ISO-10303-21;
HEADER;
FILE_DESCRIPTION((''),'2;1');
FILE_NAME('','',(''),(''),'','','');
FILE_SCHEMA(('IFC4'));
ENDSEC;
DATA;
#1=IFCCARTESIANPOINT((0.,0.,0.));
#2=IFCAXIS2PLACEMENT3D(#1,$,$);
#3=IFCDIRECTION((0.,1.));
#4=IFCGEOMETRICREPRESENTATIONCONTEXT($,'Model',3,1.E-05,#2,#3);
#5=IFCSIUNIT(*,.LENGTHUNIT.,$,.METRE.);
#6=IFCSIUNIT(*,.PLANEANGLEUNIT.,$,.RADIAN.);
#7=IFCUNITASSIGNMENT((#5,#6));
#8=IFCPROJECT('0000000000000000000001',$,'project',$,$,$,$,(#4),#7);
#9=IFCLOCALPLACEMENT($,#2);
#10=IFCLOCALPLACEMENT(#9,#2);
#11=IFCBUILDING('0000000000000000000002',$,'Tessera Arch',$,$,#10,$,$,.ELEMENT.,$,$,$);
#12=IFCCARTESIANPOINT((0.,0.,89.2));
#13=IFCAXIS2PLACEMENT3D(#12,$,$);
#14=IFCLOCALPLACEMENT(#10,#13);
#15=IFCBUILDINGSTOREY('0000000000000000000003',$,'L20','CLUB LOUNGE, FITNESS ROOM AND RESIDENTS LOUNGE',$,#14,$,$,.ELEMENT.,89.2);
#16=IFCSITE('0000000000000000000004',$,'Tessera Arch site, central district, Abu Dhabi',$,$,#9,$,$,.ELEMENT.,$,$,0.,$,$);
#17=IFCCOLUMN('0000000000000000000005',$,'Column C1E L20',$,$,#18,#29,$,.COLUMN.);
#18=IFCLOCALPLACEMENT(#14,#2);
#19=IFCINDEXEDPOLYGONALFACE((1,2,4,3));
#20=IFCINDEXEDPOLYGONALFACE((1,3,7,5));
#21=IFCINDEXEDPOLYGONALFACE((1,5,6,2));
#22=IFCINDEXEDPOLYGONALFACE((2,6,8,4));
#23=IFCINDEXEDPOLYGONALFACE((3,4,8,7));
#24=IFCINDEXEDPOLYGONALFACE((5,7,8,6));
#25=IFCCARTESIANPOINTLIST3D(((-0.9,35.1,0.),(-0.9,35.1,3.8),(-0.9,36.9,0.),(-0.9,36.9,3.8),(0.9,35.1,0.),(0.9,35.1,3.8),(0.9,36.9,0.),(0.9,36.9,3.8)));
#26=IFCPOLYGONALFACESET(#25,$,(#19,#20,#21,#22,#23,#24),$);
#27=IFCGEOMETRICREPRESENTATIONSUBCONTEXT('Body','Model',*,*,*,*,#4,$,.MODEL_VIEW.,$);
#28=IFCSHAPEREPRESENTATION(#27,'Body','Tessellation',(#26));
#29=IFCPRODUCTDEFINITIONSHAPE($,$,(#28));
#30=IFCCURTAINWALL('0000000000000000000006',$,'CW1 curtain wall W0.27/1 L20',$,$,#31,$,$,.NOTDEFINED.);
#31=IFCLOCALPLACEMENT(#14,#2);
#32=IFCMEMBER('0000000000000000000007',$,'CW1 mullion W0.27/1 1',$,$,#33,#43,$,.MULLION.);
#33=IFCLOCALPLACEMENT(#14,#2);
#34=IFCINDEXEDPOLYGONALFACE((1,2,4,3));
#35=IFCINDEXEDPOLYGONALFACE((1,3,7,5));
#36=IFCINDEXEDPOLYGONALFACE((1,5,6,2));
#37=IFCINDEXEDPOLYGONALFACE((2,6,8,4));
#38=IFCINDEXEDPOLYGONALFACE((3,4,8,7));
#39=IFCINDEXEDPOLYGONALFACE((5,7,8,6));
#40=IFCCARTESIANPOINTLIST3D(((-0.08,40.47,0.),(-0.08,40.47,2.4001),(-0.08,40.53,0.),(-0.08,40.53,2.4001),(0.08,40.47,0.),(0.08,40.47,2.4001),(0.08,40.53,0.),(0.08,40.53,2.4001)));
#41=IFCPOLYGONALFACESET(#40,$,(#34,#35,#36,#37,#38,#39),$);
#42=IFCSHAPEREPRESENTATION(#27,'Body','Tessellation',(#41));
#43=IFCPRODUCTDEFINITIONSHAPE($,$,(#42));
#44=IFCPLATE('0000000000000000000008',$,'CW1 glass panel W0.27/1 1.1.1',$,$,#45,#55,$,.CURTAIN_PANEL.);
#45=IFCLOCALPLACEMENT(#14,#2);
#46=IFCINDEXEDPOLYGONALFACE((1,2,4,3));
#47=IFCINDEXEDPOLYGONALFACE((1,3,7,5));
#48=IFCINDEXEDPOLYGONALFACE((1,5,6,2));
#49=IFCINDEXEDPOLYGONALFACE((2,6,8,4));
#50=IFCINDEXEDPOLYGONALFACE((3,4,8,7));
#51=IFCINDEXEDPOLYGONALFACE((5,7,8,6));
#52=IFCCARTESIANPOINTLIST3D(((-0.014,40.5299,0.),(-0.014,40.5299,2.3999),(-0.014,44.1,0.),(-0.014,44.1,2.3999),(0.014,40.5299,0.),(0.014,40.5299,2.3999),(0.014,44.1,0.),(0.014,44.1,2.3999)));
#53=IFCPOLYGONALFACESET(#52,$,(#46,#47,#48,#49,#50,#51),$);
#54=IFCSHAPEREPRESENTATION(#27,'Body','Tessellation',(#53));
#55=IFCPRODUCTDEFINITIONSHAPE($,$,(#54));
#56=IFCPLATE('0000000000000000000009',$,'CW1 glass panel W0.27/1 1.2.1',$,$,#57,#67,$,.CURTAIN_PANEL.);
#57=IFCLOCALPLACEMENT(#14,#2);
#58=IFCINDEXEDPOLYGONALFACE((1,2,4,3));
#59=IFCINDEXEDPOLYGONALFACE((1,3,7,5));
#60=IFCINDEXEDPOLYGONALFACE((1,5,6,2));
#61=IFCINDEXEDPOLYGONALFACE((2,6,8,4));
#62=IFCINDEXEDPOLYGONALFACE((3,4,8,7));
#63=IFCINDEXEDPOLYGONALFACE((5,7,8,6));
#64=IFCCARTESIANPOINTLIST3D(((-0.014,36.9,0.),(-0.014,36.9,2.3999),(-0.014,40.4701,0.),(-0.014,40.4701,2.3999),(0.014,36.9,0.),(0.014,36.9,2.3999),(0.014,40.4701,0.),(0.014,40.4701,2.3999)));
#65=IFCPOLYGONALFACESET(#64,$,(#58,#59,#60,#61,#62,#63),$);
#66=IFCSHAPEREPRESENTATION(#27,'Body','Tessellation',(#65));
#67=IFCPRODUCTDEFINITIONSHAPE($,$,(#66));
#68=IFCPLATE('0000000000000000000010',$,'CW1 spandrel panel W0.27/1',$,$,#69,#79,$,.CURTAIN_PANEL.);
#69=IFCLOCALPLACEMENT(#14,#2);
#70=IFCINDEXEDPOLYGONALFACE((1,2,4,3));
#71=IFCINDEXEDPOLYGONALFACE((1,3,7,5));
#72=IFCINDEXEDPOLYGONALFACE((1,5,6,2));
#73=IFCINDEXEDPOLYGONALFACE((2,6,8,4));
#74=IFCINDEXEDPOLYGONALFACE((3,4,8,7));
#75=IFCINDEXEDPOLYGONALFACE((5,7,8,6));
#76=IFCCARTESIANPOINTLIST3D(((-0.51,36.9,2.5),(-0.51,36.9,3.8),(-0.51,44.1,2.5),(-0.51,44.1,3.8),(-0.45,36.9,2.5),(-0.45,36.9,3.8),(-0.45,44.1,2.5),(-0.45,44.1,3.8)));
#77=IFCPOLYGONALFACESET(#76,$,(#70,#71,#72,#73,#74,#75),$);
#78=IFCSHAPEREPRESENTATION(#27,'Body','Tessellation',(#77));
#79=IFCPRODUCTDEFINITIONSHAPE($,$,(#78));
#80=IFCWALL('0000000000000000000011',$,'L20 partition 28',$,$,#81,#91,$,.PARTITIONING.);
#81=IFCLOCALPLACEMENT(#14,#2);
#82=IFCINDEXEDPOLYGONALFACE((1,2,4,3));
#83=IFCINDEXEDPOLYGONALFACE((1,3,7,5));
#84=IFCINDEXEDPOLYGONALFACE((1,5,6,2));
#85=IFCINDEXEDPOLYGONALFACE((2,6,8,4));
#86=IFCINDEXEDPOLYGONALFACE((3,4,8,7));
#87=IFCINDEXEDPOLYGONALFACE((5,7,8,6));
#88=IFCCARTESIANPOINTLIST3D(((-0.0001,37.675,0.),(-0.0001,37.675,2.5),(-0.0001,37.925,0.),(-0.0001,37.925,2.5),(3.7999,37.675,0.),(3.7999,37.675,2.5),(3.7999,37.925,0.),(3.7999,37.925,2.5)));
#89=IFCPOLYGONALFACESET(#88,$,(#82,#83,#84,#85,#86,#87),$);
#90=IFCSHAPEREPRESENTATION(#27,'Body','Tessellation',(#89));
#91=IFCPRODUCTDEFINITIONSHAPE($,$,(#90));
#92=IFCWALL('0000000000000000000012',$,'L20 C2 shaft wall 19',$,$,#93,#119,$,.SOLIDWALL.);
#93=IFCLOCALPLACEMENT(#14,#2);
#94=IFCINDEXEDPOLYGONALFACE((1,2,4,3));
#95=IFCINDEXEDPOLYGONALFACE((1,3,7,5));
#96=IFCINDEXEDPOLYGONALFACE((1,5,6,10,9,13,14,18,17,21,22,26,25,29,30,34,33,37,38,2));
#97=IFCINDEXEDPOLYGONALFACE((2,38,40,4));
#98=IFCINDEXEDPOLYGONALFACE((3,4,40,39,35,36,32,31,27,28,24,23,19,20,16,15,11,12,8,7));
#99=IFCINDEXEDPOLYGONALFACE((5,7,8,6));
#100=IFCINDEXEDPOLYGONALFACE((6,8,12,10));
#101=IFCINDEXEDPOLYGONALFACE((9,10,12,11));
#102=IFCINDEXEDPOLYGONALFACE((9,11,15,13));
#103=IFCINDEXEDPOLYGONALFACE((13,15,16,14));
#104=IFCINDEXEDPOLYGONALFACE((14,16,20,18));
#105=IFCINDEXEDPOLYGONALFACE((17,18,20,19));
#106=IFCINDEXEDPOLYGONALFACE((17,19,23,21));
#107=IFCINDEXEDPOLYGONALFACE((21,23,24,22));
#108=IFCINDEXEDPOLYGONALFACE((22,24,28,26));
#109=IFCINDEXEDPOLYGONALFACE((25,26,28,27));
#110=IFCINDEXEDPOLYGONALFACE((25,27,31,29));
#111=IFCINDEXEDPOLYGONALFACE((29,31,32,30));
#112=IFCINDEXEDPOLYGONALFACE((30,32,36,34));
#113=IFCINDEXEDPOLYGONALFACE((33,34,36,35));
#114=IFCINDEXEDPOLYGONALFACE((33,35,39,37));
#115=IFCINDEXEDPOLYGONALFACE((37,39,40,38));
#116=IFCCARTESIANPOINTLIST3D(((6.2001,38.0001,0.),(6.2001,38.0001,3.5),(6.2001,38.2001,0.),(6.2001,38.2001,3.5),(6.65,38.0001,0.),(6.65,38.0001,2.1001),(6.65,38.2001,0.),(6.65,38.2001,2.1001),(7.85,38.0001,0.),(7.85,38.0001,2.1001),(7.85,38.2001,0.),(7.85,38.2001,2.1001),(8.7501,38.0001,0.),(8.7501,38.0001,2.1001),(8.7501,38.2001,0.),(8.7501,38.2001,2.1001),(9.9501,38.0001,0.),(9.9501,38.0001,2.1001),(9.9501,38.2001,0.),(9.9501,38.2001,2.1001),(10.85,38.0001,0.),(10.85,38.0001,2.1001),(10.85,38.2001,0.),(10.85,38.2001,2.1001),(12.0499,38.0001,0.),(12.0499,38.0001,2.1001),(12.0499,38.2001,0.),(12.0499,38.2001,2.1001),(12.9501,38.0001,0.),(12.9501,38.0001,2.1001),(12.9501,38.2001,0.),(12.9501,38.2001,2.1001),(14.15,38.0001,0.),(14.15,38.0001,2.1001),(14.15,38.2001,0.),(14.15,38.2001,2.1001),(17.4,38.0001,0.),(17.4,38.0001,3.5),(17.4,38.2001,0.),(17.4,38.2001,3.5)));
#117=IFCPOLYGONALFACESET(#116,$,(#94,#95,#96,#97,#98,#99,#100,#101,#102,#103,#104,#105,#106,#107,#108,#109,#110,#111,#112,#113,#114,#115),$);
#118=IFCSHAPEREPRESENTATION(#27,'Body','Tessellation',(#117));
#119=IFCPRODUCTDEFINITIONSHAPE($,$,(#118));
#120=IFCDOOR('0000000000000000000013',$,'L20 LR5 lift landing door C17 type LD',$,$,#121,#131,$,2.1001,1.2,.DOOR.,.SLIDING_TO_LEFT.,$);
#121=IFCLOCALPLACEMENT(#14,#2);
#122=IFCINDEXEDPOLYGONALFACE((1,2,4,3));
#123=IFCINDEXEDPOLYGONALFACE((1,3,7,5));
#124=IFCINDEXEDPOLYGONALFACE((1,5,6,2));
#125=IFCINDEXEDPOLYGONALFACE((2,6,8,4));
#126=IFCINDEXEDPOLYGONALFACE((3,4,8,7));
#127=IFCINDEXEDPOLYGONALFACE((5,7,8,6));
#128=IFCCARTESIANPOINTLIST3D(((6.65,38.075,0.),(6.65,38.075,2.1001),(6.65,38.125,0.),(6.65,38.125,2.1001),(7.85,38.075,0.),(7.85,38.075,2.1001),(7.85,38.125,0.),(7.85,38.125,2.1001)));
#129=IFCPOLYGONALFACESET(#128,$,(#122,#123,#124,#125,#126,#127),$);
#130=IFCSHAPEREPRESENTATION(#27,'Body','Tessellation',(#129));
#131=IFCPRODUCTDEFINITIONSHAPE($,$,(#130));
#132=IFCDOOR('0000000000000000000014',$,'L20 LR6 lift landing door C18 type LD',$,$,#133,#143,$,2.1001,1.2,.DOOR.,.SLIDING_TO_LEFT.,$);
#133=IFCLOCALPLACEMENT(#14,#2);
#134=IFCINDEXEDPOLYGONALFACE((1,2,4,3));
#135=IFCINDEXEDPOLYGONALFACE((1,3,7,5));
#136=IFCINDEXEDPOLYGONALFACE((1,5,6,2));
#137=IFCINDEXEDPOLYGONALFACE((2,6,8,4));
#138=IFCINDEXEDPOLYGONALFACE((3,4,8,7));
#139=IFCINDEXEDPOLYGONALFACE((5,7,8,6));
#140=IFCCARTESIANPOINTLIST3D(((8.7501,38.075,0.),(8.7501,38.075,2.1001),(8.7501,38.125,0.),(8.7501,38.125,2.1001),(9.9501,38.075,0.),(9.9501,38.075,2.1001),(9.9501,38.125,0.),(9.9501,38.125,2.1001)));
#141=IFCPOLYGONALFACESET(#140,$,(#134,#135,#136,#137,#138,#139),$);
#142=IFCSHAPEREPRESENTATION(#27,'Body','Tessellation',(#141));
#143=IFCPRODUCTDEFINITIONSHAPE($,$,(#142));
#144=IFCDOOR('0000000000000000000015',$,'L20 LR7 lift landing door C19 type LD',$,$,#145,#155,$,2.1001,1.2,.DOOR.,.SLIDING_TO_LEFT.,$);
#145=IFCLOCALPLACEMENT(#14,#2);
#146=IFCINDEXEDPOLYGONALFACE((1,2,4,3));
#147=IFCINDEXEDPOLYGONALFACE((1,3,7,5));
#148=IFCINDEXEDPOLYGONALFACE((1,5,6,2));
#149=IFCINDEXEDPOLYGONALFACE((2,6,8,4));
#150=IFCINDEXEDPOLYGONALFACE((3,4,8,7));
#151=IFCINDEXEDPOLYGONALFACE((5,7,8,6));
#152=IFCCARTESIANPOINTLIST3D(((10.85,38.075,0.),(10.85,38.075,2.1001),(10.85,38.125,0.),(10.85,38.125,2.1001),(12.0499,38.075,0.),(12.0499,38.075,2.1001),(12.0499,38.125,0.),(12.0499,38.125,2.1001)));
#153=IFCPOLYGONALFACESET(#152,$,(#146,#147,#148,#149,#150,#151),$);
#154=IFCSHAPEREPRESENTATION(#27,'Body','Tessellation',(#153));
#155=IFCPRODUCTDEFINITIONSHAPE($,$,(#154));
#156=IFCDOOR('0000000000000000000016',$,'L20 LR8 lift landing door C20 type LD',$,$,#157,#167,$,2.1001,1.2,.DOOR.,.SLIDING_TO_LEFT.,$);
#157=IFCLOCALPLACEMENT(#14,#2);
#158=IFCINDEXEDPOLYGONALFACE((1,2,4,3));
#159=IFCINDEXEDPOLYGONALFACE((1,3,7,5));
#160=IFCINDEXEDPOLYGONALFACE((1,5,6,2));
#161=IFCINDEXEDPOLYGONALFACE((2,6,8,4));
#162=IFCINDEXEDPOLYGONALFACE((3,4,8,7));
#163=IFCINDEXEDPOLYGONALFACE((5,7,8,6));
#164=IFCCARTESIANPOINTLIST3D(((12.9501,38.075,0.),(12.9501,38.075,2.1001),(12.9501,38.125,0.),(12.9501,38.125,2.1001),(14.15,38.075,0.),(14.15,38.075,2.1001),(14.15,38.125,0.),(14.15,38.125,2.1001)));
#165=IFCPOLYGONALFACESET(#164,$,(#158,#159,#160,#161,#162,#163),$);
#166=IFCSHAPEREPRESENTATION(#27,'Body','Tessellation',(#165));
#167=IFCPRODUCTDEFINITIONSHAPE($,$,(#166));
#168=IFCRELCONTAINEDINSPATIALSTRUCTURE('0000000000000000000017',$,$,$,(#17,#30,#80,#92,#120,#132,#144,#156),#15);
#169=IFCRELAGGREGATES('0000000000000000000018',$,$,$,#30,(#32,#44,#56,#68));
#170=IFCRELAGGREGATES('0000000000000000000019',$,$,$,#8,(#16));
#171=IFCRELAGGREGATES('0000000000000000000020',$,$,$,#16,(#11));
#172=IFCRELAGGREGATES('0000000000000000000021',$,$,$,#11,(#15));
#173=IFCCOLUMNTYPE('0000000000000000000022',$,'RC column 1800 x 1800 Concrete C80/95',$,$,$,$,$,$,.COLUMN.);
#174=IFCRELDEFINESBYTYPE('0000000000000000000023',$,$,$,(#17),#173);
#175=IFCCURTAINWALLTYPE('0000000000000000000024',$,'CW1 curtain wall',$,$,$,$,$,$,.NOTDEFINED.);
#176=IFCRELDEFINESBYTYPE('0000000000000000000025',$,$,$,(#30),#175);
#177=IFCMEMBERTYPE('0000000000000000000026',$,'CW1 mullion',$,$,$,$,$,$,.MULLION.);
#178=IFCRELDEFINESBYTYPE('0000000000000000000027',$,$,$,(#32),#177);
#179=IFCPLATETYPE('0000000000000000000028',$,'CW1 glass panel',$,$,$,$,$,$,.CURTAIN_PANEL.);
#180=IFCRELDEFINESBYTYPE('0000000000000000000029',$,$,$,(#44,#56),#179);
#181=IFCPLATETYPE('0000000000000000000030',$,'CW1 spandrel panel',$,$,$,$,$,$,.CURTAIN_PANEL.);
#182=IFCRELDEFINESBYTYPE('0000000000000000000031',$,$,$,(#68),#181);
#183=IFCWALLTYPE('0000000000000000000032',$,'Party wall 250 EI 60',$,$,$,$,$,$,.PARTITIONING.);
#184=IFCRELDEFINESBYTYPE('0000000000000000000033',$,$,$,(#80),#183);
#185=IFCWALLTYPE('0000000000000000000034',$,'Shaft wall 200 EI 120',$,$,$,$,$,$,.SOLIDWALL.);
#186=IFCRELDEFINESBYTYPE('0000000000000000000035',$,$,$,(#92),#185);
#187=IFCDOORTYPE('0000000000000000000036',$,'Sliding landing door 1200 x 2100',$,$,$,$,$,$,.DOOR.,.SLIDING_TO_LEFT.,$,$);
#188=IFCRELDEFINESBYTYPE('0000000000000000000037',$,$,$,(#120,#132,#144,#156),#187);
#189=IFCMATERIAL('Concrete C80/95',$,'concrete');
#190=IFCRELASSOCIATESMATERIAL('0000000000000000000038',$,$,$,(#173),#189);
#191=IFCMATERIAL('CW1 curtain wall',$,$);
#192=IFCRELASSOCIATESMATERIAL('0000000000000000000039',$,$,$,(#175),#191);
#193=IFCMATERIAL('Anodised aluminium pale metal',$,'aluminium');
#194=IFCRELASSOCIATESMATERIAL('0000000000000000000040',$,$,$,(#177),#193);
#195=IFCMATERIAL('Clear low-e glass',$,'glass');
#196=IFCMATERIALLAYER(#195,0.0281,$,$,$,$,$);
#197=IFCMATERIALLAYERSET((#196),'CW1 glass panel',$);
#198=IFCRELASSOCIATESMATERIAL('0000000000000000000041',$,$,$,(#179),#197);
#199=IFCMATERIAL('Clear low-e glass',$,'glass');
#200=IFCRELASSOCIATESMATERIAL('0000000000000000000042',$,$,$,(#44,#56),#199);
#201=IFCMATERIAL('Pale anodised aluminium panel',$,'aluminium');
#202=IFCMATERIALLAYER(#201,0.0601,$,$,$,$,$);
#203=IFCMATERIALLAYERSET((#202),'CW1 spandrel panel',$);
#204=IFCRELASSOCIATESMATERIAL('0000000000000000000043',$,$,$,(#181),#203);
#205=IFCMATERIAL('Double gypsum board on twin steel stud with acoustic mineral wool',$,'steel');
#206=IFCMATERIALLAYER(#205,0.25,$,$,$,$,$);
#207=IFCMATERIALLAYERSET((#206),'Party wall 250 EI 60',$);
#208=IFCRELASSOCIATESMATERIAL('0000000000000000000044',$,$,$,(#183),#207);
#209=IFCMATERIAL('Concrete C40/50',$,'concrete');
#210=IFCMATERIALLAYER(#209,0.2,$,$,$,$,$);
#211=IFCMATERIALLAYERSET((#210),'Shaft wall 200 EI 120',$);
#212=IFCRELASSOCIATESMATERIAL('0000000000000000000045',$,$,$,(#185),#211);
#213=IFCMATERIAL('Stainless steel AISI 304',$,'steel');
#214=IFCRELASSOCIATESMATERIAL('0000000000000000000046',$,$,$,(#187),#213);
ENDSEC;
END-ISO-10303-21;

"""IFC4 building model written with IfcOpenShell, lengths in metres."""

from ifc_helpers import new_model, si_unit, direction, frame, frame_2d, origin, origin_2d, place, context, subcontext, project, spatial, rectangle, extrude, material, layer, layer_set, material_profile, profile_set, type_object, element, fill, aggregate, save


model = new_model("IFC4")

# Units and contexts
model_context = context("Model", 3, precision=1e-05, world=origin(), true_north=direction((0.0, 1.0)))
body_context = subcontext(model_context, "Body", "Model", "MODEL_VIEW")
ifc_project = project(units=[si_unit("LENGTHUNIT", "METRE"), si_unit("PLANEANGLEUNIT", "RADIAN")], contexts=[model_context])

# Site, building, storey
site_placement = place(None, origin())
site = spatial("IfcSite", under=ifc_project, at=site_placement, Name="Tessera Arch site, central district, Abu Dhabi", CompositionType="ELEMENT", RefElevation=0.0)
building_placement = place(site_placement, origin())
building = spatial("IfcBuilding", under=site, at=building_placement, Name="Tessera Arch", CompositionType="ELEMENT")
storey_placement = place(building_placement, frame((0.0, 0.0, 89.2)))
storey = spatial("IfcBuildingStorey", under=building, at=storey_placement, Name="L20", Description="CLUB LOUNGE, FITNESS ROOM AND RESIDENTS LOUNGE", CompositionType="ELEMENT", Elevation=89.2)

# Column
ifc_material_1 = material(Name="Concrete C80/95", Category="concrete")
ifc_material_profile_1 = material_profile(ifc_material_1, rectangle(XDim=1.8, YDim=1.8, at=origin_2d()), Name="RC column 1800 x 1800 Concrete C80/95")
ifc_profile_set_1 = profile_set([ifc_material_profile_1], Name="Concrete C80/95")
column_type = type_object("IfcColumnType", Name="RC column 1800 x 1800 Concrete C80/95", PredefinedType="COLUMN", material=ifc_profile_set_1)
column_placement = place(storey_placement, frame((0.0, 36.0, 0.0), z_axis=(0.0, 0.0, 1.0), x_axis=(1.0, 0.0, 0.0)))
element("IfcColumn", 1, at=column_placement, inside=storey, type_object=column_type, Name="Column C1E L20", PredefinedType="COLUMN", context=body_context, shape_type="SweptSolid", body=[
    extrude(rectangle(XDim=1.8, YDim=1.8, at=origin_2d()), origin(), (0.0, 0.0, 1.0), 3.8),
])

# Curtain wall, member, plates
ifc_material_2 = material(Name="CW1 curtain wall")
curtain_wall_type = type_object("IfcCurtainWallType", Name="CW1 curtain wall", PredefinedType="NOTDEFINED", material=ifc_material_2)
curtain_wall_placement = place(storey_placement, origin())
curtain_wall = element("IfcCurtainWall", 2, at=curtain_wall_placement, inside=storey, type_object=curtain_wall_type, Name="CW1 curtain wall W0.27/1 L20", PredefinedType="NOTDEFINED")
ifc_material_3 = material(Name="Anodised aluminium pale metal", Category="aluminium")
ifc_material_profile_2 = material_profile(ifc_material_3, rectangle(XDim=0.1599, YDim=0.0601, at=origin_2d()), Name="AL 60x160")
ifc_profile_set_2 = profile_set([ifc_material_profile_2], Name="Anodised aluminium pale metal")
member_type = type_object("IfcMemberType", Name="CW1 mullion", PredefinedType="MULLION", material=ifc_profile_set_2)
member_placement = place(storey_placement, frame((0.0, 40.5, 0.0), z_axis=(0.0, 0.0, 1.0), x_axis=(1.0, 0.0, 0.0)))
member = element("IfcMember", 3, at=member_placement, type_object=member_type, Name="CW1 mullion W0.27/1 1", PredefinedType="MULLION", context=body_context, shape_type="SweptSolid", body=[
    extrude(rectangle(XDim=0.1599, YDim=0.0601, at=origin_2d()), origin(), (0.0, 0.0, 1.0), 2.4001),
])
ifc_material_4 = material(Name="Clear low-e glass", Category="glass")
ifc_material_5 = material(Name="Clear low-e glass", Category="glass")
ifc_layer_1 = layer(ifc_material_5, 0.0281)
ifc_layer_set_1 = layer_set([ifc_layer_1], Name="CW1 glass panel")
plate_type_1 = type_object("IfcPlateType", Name="CW1 glass panel", PredefinedType="CURTAIN_PANEL", material=ifc_layer_set_1)
plate_1_placement = place(storey_placement, frame((0.0, 42.3149, 0.0), z_axis=(0.0, 0.0, 1.0), x_axis=(0.0, -1.0, 0.0)))
plate_1 = element("IfcPlate", 4, at=plate_1_placement, type_object=plate_type_1, material=ifc_material_4, Name="CW1 glass panel W0.27/1 1.1.1", PredefinedType="CURTAIN_PANEL", context=body_context, shape_type="SweptSolid", body=[
    extrude(rectangle(XDim=3.5701, YDim=0.0281, at=origin_2d()), origin(), (0.0, 0.0, 1.0), 2.3999),
])
plate_2_placement = place(storey_placement, frame((0.0, 38.6851, 0.0), z_axis=(0.0, 0.0, 1.0), x_axis=(0.0, -1.0, 0.0)))
plate_2 = element("IfcPlate", 5, at=plate_2_placement, type_object=plate_type_1, material=ifc_material_4, Name="CW1 glass panel W0.27/1 1.2.1", PredefinedType="CURTAIN_PANEL", context=body_context, shape_type="SweptSolid", body=[
    extrude(rectangle(XDim=3.5701, YDim=0.0281, at=origin_2d()), origin(), (0.0, 0.0, 1.0), 2.3999),
])
ifc_material_6 = material(Name="Pale anodised aluminium panel", Category="aluminium")
ifc_layer_2 = layer(ifc_material_6, 0.0601)
ifc_layer_set_2 = layer_set([ifc_layer_2], Name="CW1 spandrel panel")
plate_type_2 = type_object("IfcPlateType", Name="CW1 spandrel panel", PredefinedType="CURTAIN_PANEL", material=ifc_layer_set_2)
plate_3_placement = place(storey_placement, frame((-0.48, 40.5, 2.5), z_axis=(0.0, 0.0, 1.0), x_axis=(0.0, -1.0, 0.0)))
plate_3 = element("IfcPlate", 6, at=plate_3_placement, type_object=plate_type_2, Name="CW1 spandrel panel W0.27/1", PredefinedType="CURTAIN_PANEL", context=body_context, shape_type="SweptSolid", body=[
    extrude(rectangle(XDim=7.2, YDim=0.0601, at=origin_2d()), origin(), (0.0, 0.0, 1.0), 1.3),
])
aggregate(curtain_wall, [member, plate_1, plate_2, plate_3])

# Wall
ifc_material_7 = material(Name="Double gypsum board on twin steel stud with acoustic mineral wool", Category="steel")
ifc_layer_3 = layer(ifc_material_7, 0.25)
ifc_layer_set_3 = layer_set([ifc_layer_3], Name="Party wall 250 EI 60")
wall_type_1 = type_object("IfcWallType", Name="Party wall 250 EI 60", PredefinedType="PARTITIONING", material=ifc_layer_set_3)
wall_1_placement = place(storey_placement, frame((0.0, 37.8, 0.0), z_axis=(0.0, 0.0, 1.0), x_axis=(1.0, 0.0, 0.0)))
element("IfcWall", 7, at=wall_1_placement, inside=storey, type_object=wall_type_1, Name="L20 partition 28", PredefinedType="PARTITIONING", context=body_context, shape_type="SweptSolid", body=[
    extrude(rectangle(XDim=3.8, YDim=0.25, at=frame_2d((1.8999, 0.0))), origin(), (0.0, 0.0, 1.0), 2.5),
])

# Wall, openings, doors
ifc_material_8 = material(Name="Concrete C40/50", Category="concrete")
ifc_layer_4 = layer(ifc_material_8, 0.2)
ifc_layer_set_4 = layer_set([ifc_layer_4], Name="Shaft wall 200 EI 120")
wall_type_2 = type_object("IfcWallType", Name="Shaft wall 200 EI 120", PredefinedType="SOLIDWALL", material=ifc_layer_set_4)
wall_2_placement = place(storey_placement, frame((6.2, 38.1001, 0.0), z_axis=(0.0, 0.0, 1.0), x_axis=(1.0, 0.0, 0.0)))
wall_2 = element("IfcWall", 8, at=wall_2_placement, inside=storey, type_object=wall_type_2, Name="L20 C2 shaft wall 19", PredefinedType="SOLIDWALL", context=body_context, shape_type="SweptSolid", body=[
    extrude(rectangle(XDim=11.2, YDim=0.2, at=frame_2d((5.6001, 0.0))), origin(), (0.0, 0.0, 1.0), 3.5),
])
opening_1_placement = place(wall_2_placement, frame((0.45, 0.0, 0.0)))
opening_1 = element("IfcOpeningElement", 9, at=opening_1_placement, cuts=wall_2, PredefinedType="OPENING", context=body_context, shape_type="SweptSolid", body=[
    extrude(rectangle(XDim=1.2, YDim=2.1001, at=frame_2d((0.6001, 1.05))), frame((0.0, 0.1099, 0.0), z_axis=(0.0, -1.0, 0.0), x_axis=(1.0, 0.0, 0.0)), (0.0, 0.0, 1.0), 0.22),
])
opening_2_placement = place(wall_2_placement, frame((2.55, 0.0, 0.0)))
opening_2 = element("IfcOpeningElement", 10, at=opening_2_placement, cuts=wall_2, PredefinedType="OPENING", context=body_context, shape_type="SweptSolid", body=[
    extrude(rectangle(XDim=1.2, YDim=2.1001, at=frame_2d((0.6001, 1.05))), frame((0.0, 0.1099, 0.0), z_axis=(0.0, -1.0, 0.0), x_axis=(1.0, 0.0, 0.0)), (0.0, 0.0, 1.0), 0.22),
])
opening_3_placement = place(wall_2_placement, frame((4.6499, 0.0, 0.0)))
opening_3 = element("IfcOpeningElement", 11, at=opening_3_placement, cuts=wall_2, PredefinedType="OPENING", context=body_context, shape_type="SweptSolid", body=[
    extrude(rectangle(XDim=1.2, YDim=2.1001, at=frame_2d((0.6001, 1.05))), frame((0.0, 0.1099, 0.0), z_axis=(0.0, -1.0, 0.0), x_axis=(1.0, 0.0, 0.0)), (0.0, 0.0, 1.0), 0.22),
])
opening_4_placement = place(wall_2_placement, frame((6.75, 0.0, 0.0)))
opening_4 = element("IfcOpeningElement", 12, at=opening_4_placement, cuts=wall_2, PredefinedType="OPENING", context=body_context, shape_type="SweptSolid", body=[
    extrude(rectangle(XDim=1.2, YDim=2.1001, at=frame_2d((0.6001, 1.05))), frame((0.0, 0.1099, 0.0), z_axis=(0.0, -1.0, 0.0), x_axis=(1.0, 0.0, 0.0)), (0.0, 0.0, 1.0), 0.22),
])
ifc_material_9 = material(Name="Stainless steel AISI 304", Category="steel")
door_type = type_object("IfcDoorType", Name="Sliding landing door 1200 x 2100", OperationType="SLIDING_TO_LEFT", PredefinedType="DOOR", material=ifc_material_9)
door_1_placement = place(opening_1_placement, origin())
door_1 = element("IfcDoor", 13, at=door_1_placement, inside=storey, type_object=door_type, Name="L20 LR5 lift landing door C17 type LD", OperationType="SLIDING_TO_LEFT", OverallHeight=2.1001, OverallWidth=1.2, PredefinedType="DOOR", context=body_context, shape_type="SweptSolid", body=[
    extrude(rectangle(XDim=1.2, YDim=2.1001, at=frame_2d((0.6001, 1.05))), frame((0.0, 0.0249, 0.0), z_axis=(0.0, -1.0, 0.0), x_axis=(1.0, 0.0, 0.0)), (0.0, 0.0, 1.0), 0.05),
])
fill(opening_1, door_1)
door_2_placement = place(opening_2_placement, origin())
door_2 = element("IfcDoor", 14, at=door_2_placement, inside=storey, type_object=door_type, Name="L20 LR6 lift landing door C18 type LD", OperationType="SLIDING_TO_LEFT", OverallHeight=2.1001, OverallWidth=1.2, PredefinedType="DOOR", context=body_context, shape_type="SweptSolid", body=[
    extrude(rectangle(XDim=1.2, YDim=2.1001, at=frame_2d((0.6001, 1.05))), frame((0.0, 0.0249, 0.0), z_axis=(0.0, -1.0, 0.0), x_axis=(1.0, 0.0, 0.0)), (0.0, 0.0, 1.0), 0.05),
])
fill(opening_2, door_2)
door_3_placement = place(opening_3_placement, origin())
door_3 = element("IfcDoor", 15, at=door_3_placement, inside=storey, type_object=door_type, Name="L20 LR7 lift landing door C19 type LD", OperationType="SLIDING_TO_LEFT", OverallHeight=2.1001, OverallWidth=1.2, PredefinedType="DOOR", context=body_context, shape_type="SweptSolid", body=[
    extrude(rectangle(XDim=1.2, YDim=2.1001, at=frame_2d((0.6001, 1.05))), frame((0.0, 0.0249, 0.0), z_axis=(0.0, -1.0, 0.0), x_axis=(1.0, 0.0, 0.0)), (0.0, 0.0, 1.0), 0.05),
])
fill(opening_3, door_3)
door_4_placement = place(opening_4_placement, origin())
door_4 = element("IfcDoor", 16, at=door_4_placement, inside=storey, type_object=door_type, Name="L20 LR8 lift landing door C20 type LD", OperationType="SLIDING_TO_LEFT", OverallHeight=2.1001, OverallWidth=1.2, PredefinedType="DOOR", context=body_context, shape_type="SweptSolid", body=[
    extrude(rectangle(XDim=1.2, YDim=2.1001, at=frame_2d((0.6001, 1.05))), frame((0.0, 0.0249, 0.0), z_axis=(0.0, -1.0, 0.0), x_axis=(1.0, 0.0, 0.0)), (0.0, 0.0, 1.0), 0.05),
])
fill(opening_4, door_4)

save(model, "model.ifc")
